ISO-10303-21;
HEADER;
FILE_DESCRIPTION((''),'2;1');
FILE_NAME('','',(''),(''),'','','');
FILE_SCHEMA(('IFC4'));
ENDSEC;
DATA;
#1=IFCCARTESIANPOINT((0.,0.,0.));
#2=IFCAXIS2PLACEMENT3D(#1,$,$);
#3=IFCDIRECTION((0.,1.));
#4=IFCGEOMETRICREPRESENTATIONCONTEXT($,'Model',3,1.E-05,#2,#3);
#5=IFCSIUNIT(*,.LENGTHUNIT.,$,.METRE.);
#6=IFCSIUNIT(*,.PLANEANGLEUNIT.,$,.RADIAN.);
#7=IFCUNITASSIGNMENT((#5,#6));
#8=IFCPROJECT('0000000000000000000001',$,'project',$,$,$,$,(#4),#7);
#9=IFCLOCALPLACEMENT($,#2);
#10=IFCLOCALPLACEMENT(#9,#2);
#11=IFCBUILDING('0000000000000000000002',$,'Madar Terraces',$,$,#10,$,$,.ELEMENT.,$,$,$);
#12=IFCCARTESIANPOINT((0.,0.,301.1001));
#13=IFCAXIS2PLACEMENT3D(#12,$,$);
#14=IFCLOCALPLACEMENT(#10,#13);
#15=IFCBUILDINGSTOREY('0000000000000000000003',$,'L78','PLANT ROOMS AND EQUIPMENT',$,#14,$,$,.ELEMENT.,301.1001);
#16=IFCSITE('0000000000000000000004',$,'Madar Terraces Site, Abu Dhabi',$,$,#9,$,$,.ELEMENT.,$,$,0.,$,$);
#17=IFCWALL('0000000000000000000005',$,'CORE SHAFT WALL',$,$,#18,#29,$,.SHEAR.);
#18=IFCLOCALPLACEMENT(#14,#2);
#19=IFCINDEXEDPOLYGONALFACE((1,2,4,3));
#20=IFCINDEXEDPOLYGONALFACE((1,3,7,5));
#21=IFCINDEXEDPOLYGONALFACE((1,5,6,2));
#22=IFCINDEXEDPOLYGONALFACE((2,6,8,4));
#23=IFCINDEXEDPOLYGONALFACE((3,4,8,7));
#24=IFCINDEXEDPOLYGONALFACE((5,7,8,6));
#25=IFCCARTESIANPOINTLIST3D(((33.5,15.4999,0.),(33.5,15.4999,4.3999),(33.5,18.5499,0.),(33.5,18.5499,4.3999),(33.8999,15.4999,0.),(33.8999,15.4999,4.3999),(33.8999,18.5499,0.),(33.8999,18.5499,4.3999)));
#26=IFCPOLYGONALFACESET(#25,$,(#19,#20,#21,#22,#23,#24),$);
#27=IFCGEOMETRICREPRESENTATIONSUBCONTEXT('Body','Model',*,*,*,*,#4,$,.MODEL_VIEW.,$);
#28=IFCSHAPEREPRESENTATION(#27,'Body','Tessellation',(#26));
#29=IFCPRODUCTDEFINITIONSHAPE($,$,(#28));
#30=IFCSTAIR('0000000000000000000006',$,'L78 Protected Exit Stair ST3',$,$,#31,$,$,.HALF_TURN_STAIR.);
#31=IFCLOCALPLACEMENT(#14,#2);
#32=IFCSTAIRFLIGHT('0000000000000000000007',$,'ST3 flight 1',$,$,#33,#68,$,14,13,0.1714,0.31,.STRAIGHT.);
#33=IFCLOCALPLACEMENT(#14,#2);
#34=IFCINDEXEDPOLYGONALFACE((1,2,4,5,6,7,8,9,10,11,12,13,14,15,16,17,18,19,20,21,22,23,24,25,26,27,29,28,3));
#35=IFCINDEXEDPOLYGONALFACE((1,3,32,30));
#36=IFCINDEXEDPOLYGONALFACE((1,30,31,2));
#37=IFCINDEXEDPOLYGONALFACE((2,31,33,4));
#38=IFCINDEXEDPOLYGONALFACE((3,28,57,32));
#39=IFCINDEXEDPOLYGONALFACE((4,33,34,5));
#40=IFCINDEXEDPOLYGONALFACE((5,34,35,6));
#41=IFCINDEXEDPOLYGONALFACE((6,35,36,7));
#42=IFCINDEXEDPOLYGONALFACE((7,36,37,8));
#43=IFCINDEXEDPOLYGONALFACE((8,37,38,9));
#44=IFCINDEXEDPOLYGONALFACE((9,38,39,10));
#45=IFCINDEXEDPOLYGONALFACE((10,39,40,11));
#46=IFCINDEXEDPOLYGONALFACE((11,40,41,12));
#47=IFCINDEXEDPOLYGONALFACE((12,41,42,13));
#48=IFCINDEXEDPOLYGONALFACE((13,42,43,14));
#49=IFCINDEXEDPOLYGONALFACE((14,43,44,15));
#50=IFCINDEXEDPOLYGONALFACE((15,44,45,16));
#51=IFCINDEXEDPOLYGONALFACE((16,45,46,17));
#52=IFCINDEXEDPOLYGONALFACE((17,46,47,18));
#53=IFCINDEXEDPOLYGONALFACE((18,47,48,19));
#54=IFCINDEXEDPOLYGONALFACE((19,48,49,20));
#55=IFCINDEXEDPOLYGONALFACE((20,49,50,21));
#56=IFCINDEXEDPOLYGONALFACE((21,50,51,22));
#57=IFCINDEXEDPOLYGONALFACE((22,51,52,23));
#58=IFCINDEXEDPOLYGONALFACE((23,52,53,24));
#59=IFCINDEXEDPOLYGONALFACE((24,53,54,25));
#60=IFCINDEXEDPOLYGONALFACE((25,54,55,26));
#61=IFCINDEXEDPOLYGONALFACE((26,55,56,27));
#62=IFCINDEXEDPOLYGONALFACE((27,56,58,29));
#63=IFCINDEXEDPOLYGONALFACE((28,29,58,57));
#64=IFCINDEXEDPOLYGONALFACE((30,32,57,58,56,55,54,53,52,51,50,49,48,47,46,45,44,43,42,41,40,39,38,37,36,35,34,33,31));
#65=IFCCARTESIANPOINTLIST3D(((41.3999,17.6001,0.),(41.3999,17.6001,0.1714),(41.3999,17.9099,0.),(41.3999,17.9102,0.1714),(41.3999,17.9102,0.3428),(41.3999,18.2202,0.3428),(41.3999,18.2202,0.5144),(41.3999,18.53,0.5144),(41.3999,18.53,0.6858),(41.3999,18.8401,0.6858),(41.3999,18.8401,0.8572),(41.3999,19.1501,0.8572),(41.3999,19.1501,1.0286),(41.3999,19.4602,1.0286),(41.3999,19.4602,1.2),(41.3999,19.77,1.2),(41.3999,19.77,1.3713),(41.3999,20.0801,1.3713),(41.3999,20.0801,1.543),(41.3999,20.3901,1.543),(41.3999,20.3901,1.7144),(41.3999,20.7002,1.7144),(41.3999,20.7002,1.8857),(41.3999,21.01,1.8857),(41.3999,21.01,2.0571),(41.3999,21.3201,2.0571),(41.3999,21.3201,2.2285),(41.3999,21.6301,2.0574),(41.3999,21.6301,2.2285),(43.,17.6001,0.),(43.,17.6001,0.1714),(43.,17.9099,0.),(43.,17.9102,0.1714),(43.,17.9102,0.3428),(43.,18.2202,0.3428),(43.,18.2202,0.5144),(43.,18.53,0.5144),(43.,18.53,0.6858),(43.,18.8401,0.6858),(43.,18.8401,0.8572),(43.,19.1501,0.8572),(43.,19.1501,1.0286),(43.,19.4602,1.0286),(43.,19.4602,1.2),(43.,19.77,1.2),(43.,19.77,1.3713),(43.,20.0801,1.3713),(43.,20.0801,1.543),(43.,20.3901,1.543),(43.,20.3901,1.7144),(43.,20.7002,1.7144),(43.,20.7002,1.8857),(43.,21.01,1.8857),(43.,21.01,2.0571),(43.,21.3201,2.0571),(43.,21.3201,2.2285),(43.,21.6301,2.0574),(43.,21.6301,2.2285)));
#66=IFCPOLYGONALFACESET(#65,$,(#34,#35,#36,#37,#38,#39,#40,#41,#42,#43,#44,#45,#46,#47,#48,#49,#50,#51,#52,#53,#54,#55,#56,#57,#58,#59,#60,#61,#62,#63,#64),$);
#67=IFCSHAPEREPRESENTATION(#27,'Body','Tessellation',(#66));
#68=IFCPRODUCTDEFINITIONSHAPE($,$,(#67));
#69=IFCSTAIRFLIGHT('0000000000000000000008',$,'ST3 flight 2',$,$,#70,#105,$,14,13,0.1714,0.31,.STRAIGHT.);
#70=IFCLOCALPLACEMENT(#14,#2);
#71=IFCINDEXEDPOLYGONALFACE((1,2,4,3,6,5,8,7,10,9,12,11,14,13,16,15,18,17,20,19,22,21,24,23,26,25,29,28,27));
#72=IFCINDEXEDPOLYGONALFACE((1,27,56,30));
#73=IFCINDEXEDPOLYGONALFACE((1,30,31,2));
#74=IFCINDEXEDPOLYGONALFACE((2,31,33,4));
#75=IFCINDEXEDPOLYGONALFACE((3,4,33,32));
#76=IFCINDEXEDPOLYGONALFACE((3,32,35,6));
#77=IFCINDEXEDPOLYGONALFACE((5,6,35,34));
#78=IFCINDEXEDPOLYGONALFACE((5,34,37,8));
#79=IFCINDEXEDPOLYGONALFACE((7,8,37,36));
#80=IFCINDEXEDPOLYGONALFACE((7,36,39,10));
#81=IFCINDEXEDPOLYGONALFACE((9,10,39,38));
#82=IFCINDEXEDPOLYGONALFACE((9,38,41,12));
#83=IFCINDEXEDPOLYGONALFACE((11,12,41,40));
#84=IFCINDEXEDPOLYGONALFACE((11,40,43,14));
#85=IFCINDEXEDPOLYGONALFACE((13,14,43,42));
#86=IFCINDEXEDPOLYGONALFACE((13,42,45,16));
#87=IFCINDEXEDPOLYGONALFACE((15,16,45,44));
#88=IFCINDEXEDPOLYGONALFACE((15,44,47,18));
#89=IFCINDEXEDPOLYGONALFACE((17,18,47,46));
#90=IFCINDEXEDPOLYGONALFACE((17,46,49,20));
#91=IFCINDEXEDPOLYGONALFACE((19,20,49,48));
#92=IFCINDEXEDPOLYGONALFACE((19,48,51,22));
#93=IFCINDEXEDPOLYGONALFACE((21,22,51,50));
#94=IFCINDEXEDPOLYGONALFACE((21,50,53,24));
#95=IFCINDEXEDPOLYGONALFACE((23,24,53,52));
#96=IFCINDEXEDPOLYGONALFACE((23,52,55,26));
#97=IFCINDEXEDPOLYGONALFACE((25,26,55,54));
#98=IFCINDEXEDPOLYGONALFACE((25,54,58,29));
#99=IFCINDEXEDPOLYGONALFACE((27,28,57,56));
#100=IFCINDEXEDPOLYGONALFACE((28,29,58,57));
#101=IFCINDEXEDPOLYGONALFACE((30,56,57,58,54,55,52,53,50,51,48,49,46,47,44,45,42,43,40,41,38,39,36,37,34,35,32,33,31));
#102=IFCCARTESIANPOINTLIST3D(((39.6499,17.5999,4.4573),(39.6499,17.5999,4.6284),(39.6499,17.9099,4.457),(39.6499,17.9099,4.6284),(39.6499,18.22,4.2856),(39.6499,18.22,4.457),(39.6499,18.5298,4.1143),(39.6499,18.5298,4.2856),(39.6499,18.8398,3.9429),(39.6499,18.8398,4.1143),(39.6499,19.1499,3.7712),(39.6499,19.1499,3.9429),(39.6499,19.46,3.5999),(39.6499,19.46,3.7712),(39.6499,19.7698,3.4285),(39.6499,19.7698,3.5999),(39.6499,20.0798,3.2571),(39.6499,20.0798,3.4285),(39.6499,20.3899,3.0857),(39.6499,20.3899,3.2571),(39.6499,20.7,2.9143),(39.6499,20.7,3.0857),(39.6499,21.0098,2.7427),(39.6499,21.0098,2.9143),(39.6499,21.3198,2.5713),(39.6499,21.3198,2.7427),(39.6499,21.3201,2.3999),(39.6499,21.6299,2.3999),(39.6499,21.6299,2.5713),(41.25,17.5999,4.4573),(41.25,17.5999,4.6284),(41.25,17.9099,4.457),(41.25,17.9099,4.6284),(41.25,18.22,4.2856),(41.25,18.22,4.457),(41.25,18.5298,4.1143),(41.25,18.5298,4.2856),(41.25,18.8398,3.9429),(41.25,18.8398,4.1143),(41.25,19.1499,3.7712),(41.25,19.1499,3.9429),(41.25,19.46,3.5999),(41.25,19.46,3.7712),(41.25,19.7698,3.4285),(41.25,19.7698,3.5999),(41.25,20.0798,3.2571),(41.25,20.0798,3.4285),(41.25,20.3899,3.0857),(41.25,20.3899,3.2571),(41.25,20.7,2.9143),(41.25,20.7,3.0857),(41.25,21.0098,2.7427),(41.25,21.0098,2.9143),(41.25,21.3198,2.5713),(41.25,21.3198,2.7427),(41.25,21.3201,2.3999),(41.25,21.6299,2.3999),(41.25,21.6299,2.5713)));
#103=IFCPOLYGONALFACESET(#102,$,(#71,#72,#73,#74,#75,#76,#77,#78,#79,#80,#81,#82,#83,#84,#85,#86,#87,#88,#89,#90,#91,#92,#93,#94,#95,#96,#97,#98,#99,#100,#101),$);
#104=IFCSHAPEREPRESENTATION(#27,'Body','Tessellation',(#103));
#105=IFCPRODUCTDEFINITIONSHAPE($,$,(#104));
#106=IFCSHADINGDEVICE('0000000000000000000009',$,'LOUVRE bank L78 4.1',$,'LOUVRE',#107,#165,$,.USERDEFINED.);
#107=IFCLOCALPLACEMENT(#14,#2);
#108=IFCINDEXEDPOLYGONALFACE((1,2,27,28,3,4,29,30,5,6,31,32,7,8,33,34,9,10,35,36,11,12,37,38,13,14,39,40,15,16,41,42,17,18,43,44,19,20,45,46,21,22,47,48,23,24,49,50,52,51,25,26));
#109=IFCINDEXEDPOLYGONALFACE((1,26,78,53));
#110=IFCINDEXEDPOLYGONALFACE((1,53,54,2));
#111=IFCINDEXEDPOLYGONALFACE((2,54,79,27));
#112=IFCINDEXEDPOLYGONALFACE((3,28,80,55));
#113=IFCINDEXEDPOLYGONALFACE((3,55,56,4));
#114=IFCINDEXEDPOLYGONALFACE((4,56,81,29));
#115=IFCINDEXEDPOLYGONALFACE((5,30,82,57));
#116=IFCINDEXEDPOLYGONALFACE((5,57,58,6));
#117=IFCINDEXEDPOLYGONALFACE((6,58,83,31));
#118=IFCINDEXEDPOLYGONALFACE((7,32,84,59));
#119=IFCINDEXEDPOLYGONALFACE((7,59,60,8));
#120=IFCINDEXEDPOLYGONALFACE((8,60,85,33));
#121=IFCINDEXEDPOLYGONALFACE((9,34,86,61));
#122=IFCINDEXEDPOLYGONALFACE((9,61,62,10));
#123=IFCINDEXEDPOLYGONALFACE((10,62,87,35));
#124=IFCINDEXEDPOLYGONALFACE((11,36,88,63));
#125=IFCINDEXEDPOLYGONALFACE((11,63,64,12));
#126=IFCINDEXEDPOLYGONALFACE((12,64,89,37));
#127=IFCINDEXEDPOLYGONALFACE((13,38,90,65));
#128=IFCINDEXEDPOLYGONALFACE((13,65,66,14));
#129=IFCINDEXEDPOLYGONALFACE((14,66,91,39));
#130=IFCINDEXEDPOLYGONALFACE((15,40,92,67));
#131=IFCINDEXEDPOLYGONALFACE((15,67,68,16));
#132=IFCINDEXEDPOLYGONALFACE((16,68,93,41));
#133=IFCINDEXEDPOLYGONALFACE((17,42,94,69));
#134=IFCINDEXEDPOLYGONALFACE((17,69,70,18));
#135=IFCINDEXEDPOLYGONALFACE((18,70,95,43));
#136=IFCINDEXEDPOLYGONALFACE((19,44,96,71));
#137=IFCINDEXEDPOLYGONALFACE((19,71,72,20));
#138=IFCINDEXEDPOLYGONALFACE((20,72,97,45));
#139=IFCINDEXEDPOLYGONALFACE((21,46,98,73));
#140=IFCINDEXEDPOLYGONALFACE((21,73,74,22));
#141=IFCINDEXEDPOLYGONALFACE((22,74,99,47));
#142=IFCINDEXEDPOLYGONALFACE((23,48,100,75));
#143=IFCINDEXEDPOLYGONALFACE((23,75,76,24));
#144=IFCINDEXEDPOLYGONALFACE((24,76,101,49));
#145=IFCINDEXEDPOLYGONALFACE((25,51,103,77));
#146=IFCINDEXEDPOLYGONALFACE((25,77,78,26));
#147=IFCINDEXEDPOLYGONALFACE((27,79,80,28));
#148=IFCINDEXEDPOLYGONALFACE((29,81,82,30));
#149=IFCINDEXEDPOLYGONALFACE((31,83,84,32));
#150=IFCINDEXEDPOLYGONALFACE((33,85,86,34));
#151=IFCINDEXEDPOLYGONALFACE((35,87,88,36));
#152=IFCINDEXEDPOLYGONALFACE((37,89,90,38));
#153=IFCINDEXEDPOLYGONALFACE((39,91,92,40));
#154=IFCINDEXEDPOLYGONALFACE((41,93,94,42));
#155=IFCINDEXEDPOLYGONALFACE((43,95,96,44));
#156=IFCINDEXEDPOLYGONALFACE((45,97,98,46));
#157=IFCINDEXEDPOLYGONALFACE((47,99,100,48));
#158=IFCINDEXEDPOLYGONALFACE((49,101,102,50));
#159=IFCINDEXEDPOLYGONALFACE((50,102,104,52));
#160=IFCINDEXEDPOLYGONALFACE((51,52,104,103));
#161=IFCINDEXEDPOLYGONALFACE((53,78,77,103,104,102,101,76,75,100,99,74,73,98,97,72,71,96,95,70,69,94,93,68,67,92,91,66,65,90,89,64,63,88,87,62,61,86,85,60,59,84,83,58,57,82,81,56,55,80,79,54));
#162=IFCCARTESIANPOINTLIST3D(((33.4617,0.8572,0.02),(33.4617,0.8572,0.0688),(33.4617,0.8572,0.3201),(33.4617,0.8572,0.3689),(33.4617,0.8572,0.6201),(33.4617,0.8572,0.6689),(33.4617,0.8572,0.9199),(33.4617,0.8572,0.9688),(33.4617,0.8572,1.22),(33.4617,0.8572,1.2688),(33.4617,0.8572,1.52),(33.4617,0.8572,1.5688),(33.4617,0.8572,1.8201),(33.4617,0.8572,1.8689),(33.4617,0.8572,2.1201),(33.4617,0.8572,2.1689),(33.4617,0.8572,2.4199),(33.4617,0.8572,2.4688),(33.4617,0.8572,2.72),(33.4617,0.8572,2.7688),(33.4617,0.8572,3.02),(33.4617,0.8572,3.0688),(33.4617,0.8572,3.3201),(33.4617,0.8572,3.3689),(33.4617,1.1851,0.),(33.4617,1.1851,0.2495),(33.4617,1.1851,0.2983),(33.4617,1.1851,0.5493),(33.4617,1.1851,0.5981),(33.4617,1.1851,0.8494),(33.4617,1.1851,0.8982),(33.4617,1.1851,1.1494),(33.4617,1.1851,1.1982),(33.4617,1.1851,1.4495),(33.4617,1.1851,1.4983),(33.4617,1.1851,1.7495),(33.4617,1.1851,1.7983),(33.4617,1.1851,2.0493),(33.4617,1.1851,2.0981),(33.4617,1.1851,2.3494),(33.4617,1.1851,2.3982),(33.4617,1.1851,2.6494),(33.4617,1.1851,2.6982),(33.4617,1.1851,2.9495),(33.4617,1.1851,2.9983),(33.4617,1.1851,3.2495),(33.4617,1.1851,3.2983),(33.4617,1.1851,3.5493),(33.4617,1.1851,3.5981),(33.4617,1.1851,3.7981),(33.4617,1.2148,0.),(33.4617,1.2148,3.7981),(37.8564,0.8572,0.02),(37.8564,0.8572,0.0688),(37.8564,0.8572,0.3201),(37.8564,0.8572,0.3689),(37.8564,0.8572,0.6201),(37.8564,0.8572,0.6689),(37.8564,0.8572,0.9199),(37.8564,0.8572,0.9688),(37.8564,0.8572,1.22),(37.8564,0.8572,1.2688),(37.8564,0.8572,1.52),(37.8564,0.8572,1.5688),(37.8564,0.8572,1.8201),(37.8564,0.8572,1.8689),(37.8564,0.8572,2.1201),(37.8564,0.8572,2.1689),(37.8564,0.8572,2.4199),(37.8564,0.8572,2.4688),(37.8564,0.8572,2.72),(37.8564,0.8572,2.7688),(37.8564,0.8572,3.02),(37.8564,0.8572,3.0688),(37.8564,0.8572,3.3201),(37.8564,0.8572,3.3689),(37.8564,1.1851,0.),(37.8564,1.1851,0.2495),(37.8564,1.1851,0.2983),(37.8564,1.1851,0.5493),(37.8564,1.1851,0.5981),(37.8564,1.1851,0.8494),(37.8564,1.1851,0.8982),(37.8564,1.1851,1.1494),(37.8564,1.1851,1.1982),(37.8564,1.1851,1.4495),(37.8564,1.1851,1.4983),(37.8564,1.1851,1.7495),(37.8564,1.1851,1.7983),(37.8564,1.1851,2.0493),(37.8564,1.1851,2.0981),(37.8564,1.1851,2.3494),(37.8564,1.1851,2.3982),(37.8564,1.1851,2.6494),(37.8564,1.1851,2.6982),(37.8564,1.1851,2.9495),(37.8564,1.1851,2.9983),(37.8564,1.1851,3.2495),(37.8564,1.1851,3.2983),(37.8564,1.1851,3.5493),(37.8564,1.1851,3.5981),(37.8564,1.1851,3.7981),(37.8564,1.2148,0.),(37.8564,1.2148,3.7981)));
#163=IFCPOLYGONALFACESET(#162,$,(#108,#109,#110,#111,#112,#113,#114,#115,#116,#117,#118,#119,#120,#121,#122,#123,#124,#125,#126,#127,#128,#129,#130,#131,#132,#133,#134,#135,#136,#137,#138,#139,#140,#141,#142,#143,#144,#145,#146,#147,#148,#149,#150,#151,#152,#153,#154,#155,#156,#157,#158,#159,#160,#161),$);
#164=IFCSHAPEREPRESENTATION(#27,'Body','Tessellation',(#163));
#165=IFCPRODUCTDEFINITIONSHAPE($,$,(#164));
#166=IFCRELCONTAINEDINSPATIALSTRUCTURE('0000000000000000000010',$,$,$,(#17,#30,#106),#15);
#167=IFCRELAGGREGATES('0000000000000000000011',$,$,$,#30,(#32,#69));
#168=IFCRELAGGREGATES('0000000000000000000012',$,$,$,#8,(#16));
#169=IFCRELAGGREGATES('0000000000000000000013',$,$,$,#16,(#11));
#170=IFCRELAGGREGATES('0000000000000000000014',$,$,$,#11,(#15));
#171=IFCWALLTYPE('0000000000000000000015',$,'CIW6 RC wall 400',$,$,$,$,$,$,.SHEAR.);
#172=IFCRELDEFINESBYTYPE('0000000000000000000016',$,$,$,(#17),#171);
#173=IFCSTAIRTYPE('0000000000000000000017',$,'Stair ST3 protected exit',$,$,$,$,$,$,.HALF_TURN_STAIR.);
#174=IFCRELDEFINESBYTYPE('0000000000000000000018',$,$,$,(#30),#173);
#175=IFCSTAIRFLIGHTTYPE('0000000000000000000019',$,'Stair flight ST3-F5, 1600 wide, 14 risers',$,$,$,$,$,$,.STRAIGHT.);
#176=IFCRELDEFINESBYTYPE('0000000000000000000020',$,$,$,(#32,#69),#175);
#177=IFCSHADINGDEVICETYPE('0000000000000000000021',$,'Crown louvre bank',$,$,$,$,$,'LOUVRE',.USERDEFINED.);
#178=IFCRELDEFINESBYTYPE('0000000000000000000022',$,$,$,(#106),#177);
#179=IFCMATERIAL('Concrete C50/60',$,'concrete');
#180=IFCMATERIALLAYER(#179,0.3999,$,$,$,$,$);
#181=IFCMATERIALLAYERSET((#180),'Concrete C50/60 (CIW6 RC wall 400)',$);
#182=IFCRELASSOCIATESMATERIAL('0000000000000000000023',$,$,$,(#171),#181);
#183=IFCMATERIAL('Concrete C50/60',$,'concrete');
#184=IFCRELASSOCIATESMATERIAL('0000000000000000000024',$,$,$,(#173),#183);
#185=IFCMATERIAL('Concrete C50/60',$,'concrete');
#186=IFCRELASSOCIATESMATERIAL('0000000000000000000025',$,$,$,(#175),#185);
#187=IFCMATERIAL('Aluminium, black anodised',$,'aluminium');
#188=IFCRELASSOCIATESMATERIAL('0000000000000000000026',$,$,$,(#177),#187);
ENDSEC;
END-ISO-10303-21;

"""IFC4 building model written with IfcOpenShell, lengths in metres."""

from ifc_helpers import new_model, si_unit, direction, frame, frame_2d, origin, place, context, subcontext, project, spatial, polyline, rectangle, outline, extrude, material, layer, layer_set, type_object, element, aggregate, save


model = new_model("IFC4")

# Units and contexts
model_context = context("Model", 3, precision=1e-05, world=origin(), true_north=direction((0.0, 1.0)))
body_context = subcontext(model_context, "Body", "Model", "MODEL_VIEW")
ifc_project = project(units=[si_unit("LENGTHUNIT", "METRE"), si_unit("PLANEANGLEUNIT", "RADIAN")], contexts=[model_context])

# Site, building, storey
site_placement = place(None, origin())
site = spatial("IfcSite", under=ifc_project, at=site_placement, Name="Madar Terraces Site, Abu Dhabi", CompositionType="ELEMENT", RefElevation=0.0)
building_placement = place(site_placement, origin())
building = spatial("IfcBuilding", under=site, at=building_placement, Name="Madar Terraces", CompositionType="ELEMENT")
storey_placement = place(building_placement, frame((0.0, 0.0, 301.1001)))
storey = spatial("IfcBuildingStorey", under=building, at=storey_placement, Name="L78", Description="PLANT ROOMS AND EQUIPMENT", CompositionType="ELEMENT", Elevation=301.1001)

# Shared definitions
ifc_material_1 = material(Name="Concrete C50/60", Category="concrete")
ifc_layer = layer(ifc_material_1, 0.3999)
ifc_layer_set = layer_set([ifc_layer], Name="Concrete C50/60 (CIW6 RC wall 400)")
wall_type = type_object("IfcWallType", Name="CIW6 RC wall 400", PredefinedType="SHEAR", material=ifc_layer_set)

# Wall
wall_1_placement = place(storey_placement, frame((33.7, 15.5, 0.0), z_axis=(0.0, 0.0, 1.0), x_axis=(0.0, 1.0, 0.0)))
element("IfcWall", 1, at=wall_1_placement, inside=storey, type_object=wall_type, Name="CORE SHAFT WALL", PredefinedType="SHEAR", context=body_context, shape_type="SweptSolid", body=[
    extrude(rectangle(XDim=3.05, YDim=0.3999, at=frame_2d((1.5249, 0.0))), origin(), (0.0, 0.0, 1.0), 4.3999),
])

# Stair, stair flights
ifc_material_2 = material(Name="Concrete C50/60", Category="concrete")
stair_type = type_object("IfcStairType", Name="Stair ST3 protected exit", PredefinedType="HALF_TURN_STAIR", material=ifc_material_2)
stair_placement = place(storey_placement, origin())
stair = element("IfcStair", 2, at=stair_placement, inside=storey, type_object=stair_type, Name="L78 Protected Exit Stair ST3", PredefinedType="HALF_TURN_STAIR")
ifc_material_3 = material(Name="Concrete C50/60", Category="concrete")
stair_flight_type = type_object("IfcStairFlightType", Name="Stair flight ST3-F5, 1600 wide, 14 risers", PredefinedType="STRAIGHT", material=ifc_material_3)
stair_flight_1_placement = place(storey_placement, frame((42.2, 17.6001, 0.0), z_axis=(0.0, 0.0, 1.0), x_axis=(0.0, 1.0, 0.0)))
stair_flight_1 = element("IfcStairFlight", 3, at=stair_flight_1_placement, type_object=stair_flight_type, Name="ST3 flight 1", NumberOfRisers=14, NumberOfTreads=13, PredefinedType="STRAIGHT", RiserHeight=0.1714, TreadLength=0.31, context=body_context, shape_type="SweptSolid", body=[
    extrude(outline(polyline([(0.0, 0.0), (0.0, 0.1714), (0.3101, 0.1714), (0.3101, 0.3428), (0.6201, 0.3428), (0.6201, 0.5144), (0.9299, 0.5144), (0.9299, 0.6858), (1.24, 0.6858), (1.24, 0.8572), (1.55, 0.8572), (1.55, 1.0286), (1.8601, 1.0286), (1.8601, 1.2), (2.1699, 1.2), (2.1699, 1.3713), (2.48, 1.3713), (2.48, 1.543), (2.79, 1.543), (2.79, 1.7144), (3.1001, 1.7144), (3.1001, 1.8857), (3.4099, 1.8857), (3.4099, 2.0571), (3.72, 2.0571), (3.72, 2.2285), (4.03, 2.2285), (4.03, 2.3999), (4.03, 2.0574), (0.3098, 0.0), (0.0, 0.0)])), frame((0.0, 0.8, 0.0), z_axis=(0.0, -1.0, 0.0), x_axis=(1.0, 0.0, 0.0)), (0.0, 0.0, 1.0), 1.6001),
])
stair_flight_2_placement = place(storey_placement, frame((40.45, 21.6299, 2.3999), z_axis=(0.0, 0.0, 1.0), x_axis=(0.0, -1.0, 0.0)))
stair_flight_2 = element("IfcStairFlight", 4, at=stair_flight_2_placement, type_object=stair_flight_type, Name="ST3 flight 2", NumberOfRisers=14, NumberOfTreads=13, PredefinedType="STRAIGHT", RiserHeight=0.1714, TreadLength=0.31, context=body_context, shape_type="SweptSolid", body=[
    extrude(outline(polyline([(0.0, 0.0), (0.0, 0.1714), (0.3101, 0.1714), (0.3101, 0.3428), (0.6201, 0.3428), (0.6201, 0.5144), (0.9299, 0.5144), (0.9299, 0.6858), (1.24, 0.6858), (1.24, 0.8572), (1.55, 0.8572), (1.55, 1.0286), (1.8601, 1.0286), (1.8601, 1.2), (2.1699, 1.2), (2.1699, 1.3713), (2.48, 1.3713), (2.48, 1.543), (2.79, 1.543), (2.79, 1.7144), (3.1001, 1.7144), (3.1001, 1.8857), (3.4099, 1.8857), (3.4099, 2.0571), (3.72, 2.0571), (3.72, 2.2285), (4.03, 2.2285), (4.03, 2.3999), (4.03, 2.0574), (0.3098, 0.0), (0.0, 0.0)])), frame((0.0, 0.8, 0.0), z_axis=(0.0, -1.0, 0.0), x_axis=(1.0, 0.0, 0.0)), (0.0, 0.0, 1.0), 1.6001),
])
aggregate(stair, [stair_flight_1, stair_flight_2])

# Shading device
ifc_material_4 = material(Name="Aluminium, black anodised", Category="aluminium")
shading_device_type = type_object("IfcShadingDeviceType", Name="Crown louvre bank", ElementType="LOUVRE", PredefinedType="USERDEFINED", material=ifc_material_4)
shading_device_1_placement = place(storey_placement, frame((33.4617, 1.2, 0.0), z_axis=(1.0, 0.0, 0.0), x_axis=(0.0, 1.0, 0.0)))
element("IfcShadingDevice", 5, at=shading_device_1_placement, inside=storey, type_object=shading_device_type, Name="LOUVRE bank L78 4.1", ObjectType="LOUVRE", PredefinedType="USERDEFINED", context=body_context, shape_type="SweptSolid", body=[
    extrude(outline(polyline([(0.0149, 0.0), (-0.0149, 0.0), (-0.0149, 0.2495), (-0.3428, 0.02), (-0.3428, 0.0688), (-0.0149, 0.2983), (-0.0149, 0.5493), (-0.3428, 0.3201), (-0.3428, 0.3689), (-0.0149, 0.5981), (-0.0149, 0.8494), (-0.3428, 0.6201), (-0.3428, 0.6689), (-0.0149, 0.8982), (-0.0149, 1.1494), (-0.3428, 0.9199), (-0.3428, 0.9688), (-0.0149, 1.1982), (-0.0149, 1.4495), (-0.3428, 1.22), (-0.3428, 1.2688), (-0.0149, 1.4983), (-0.0149, 1.7495), (-0.3428, 1.52), (-0.3428, 1.5688), (-0.0149, 1.7983), (-0.0149, 2.0493), (-0.3428, 1.8201), (-0.3428, 1.8689), (-0.0149, 2.0981), (-0.0149, 2.3494), (-0.3428, 2.1201), (-0.3428, 2.1689), (-0.0149, 2.3982), (-0.0149, 2.6494), (-0.3428, 2.4199), (-0.3428, 2.4688), (-0.0149, 2.6982), (-0.0149, 2.9495), (-0.3428, 2.72), (-0.3428, 2.7688), (-0.0149, 2.9983), (-0.0149, 3.2495), (-0.3428, 3.02), (-0.3428, 3.0688), (-0.0149, 3.2983), (-0.0149, 3.5493), (-0.3428, 3.3201), (-0.3428, 3.3689), (-0.0149, 3.5981), (-0.0149, 3.7981), (0.0149, 3.7981), (0.0149, 0.0)])), origin(), (0.0, 0.0, 1.0), 4.3948),
])

save(model, "model.ifc")
